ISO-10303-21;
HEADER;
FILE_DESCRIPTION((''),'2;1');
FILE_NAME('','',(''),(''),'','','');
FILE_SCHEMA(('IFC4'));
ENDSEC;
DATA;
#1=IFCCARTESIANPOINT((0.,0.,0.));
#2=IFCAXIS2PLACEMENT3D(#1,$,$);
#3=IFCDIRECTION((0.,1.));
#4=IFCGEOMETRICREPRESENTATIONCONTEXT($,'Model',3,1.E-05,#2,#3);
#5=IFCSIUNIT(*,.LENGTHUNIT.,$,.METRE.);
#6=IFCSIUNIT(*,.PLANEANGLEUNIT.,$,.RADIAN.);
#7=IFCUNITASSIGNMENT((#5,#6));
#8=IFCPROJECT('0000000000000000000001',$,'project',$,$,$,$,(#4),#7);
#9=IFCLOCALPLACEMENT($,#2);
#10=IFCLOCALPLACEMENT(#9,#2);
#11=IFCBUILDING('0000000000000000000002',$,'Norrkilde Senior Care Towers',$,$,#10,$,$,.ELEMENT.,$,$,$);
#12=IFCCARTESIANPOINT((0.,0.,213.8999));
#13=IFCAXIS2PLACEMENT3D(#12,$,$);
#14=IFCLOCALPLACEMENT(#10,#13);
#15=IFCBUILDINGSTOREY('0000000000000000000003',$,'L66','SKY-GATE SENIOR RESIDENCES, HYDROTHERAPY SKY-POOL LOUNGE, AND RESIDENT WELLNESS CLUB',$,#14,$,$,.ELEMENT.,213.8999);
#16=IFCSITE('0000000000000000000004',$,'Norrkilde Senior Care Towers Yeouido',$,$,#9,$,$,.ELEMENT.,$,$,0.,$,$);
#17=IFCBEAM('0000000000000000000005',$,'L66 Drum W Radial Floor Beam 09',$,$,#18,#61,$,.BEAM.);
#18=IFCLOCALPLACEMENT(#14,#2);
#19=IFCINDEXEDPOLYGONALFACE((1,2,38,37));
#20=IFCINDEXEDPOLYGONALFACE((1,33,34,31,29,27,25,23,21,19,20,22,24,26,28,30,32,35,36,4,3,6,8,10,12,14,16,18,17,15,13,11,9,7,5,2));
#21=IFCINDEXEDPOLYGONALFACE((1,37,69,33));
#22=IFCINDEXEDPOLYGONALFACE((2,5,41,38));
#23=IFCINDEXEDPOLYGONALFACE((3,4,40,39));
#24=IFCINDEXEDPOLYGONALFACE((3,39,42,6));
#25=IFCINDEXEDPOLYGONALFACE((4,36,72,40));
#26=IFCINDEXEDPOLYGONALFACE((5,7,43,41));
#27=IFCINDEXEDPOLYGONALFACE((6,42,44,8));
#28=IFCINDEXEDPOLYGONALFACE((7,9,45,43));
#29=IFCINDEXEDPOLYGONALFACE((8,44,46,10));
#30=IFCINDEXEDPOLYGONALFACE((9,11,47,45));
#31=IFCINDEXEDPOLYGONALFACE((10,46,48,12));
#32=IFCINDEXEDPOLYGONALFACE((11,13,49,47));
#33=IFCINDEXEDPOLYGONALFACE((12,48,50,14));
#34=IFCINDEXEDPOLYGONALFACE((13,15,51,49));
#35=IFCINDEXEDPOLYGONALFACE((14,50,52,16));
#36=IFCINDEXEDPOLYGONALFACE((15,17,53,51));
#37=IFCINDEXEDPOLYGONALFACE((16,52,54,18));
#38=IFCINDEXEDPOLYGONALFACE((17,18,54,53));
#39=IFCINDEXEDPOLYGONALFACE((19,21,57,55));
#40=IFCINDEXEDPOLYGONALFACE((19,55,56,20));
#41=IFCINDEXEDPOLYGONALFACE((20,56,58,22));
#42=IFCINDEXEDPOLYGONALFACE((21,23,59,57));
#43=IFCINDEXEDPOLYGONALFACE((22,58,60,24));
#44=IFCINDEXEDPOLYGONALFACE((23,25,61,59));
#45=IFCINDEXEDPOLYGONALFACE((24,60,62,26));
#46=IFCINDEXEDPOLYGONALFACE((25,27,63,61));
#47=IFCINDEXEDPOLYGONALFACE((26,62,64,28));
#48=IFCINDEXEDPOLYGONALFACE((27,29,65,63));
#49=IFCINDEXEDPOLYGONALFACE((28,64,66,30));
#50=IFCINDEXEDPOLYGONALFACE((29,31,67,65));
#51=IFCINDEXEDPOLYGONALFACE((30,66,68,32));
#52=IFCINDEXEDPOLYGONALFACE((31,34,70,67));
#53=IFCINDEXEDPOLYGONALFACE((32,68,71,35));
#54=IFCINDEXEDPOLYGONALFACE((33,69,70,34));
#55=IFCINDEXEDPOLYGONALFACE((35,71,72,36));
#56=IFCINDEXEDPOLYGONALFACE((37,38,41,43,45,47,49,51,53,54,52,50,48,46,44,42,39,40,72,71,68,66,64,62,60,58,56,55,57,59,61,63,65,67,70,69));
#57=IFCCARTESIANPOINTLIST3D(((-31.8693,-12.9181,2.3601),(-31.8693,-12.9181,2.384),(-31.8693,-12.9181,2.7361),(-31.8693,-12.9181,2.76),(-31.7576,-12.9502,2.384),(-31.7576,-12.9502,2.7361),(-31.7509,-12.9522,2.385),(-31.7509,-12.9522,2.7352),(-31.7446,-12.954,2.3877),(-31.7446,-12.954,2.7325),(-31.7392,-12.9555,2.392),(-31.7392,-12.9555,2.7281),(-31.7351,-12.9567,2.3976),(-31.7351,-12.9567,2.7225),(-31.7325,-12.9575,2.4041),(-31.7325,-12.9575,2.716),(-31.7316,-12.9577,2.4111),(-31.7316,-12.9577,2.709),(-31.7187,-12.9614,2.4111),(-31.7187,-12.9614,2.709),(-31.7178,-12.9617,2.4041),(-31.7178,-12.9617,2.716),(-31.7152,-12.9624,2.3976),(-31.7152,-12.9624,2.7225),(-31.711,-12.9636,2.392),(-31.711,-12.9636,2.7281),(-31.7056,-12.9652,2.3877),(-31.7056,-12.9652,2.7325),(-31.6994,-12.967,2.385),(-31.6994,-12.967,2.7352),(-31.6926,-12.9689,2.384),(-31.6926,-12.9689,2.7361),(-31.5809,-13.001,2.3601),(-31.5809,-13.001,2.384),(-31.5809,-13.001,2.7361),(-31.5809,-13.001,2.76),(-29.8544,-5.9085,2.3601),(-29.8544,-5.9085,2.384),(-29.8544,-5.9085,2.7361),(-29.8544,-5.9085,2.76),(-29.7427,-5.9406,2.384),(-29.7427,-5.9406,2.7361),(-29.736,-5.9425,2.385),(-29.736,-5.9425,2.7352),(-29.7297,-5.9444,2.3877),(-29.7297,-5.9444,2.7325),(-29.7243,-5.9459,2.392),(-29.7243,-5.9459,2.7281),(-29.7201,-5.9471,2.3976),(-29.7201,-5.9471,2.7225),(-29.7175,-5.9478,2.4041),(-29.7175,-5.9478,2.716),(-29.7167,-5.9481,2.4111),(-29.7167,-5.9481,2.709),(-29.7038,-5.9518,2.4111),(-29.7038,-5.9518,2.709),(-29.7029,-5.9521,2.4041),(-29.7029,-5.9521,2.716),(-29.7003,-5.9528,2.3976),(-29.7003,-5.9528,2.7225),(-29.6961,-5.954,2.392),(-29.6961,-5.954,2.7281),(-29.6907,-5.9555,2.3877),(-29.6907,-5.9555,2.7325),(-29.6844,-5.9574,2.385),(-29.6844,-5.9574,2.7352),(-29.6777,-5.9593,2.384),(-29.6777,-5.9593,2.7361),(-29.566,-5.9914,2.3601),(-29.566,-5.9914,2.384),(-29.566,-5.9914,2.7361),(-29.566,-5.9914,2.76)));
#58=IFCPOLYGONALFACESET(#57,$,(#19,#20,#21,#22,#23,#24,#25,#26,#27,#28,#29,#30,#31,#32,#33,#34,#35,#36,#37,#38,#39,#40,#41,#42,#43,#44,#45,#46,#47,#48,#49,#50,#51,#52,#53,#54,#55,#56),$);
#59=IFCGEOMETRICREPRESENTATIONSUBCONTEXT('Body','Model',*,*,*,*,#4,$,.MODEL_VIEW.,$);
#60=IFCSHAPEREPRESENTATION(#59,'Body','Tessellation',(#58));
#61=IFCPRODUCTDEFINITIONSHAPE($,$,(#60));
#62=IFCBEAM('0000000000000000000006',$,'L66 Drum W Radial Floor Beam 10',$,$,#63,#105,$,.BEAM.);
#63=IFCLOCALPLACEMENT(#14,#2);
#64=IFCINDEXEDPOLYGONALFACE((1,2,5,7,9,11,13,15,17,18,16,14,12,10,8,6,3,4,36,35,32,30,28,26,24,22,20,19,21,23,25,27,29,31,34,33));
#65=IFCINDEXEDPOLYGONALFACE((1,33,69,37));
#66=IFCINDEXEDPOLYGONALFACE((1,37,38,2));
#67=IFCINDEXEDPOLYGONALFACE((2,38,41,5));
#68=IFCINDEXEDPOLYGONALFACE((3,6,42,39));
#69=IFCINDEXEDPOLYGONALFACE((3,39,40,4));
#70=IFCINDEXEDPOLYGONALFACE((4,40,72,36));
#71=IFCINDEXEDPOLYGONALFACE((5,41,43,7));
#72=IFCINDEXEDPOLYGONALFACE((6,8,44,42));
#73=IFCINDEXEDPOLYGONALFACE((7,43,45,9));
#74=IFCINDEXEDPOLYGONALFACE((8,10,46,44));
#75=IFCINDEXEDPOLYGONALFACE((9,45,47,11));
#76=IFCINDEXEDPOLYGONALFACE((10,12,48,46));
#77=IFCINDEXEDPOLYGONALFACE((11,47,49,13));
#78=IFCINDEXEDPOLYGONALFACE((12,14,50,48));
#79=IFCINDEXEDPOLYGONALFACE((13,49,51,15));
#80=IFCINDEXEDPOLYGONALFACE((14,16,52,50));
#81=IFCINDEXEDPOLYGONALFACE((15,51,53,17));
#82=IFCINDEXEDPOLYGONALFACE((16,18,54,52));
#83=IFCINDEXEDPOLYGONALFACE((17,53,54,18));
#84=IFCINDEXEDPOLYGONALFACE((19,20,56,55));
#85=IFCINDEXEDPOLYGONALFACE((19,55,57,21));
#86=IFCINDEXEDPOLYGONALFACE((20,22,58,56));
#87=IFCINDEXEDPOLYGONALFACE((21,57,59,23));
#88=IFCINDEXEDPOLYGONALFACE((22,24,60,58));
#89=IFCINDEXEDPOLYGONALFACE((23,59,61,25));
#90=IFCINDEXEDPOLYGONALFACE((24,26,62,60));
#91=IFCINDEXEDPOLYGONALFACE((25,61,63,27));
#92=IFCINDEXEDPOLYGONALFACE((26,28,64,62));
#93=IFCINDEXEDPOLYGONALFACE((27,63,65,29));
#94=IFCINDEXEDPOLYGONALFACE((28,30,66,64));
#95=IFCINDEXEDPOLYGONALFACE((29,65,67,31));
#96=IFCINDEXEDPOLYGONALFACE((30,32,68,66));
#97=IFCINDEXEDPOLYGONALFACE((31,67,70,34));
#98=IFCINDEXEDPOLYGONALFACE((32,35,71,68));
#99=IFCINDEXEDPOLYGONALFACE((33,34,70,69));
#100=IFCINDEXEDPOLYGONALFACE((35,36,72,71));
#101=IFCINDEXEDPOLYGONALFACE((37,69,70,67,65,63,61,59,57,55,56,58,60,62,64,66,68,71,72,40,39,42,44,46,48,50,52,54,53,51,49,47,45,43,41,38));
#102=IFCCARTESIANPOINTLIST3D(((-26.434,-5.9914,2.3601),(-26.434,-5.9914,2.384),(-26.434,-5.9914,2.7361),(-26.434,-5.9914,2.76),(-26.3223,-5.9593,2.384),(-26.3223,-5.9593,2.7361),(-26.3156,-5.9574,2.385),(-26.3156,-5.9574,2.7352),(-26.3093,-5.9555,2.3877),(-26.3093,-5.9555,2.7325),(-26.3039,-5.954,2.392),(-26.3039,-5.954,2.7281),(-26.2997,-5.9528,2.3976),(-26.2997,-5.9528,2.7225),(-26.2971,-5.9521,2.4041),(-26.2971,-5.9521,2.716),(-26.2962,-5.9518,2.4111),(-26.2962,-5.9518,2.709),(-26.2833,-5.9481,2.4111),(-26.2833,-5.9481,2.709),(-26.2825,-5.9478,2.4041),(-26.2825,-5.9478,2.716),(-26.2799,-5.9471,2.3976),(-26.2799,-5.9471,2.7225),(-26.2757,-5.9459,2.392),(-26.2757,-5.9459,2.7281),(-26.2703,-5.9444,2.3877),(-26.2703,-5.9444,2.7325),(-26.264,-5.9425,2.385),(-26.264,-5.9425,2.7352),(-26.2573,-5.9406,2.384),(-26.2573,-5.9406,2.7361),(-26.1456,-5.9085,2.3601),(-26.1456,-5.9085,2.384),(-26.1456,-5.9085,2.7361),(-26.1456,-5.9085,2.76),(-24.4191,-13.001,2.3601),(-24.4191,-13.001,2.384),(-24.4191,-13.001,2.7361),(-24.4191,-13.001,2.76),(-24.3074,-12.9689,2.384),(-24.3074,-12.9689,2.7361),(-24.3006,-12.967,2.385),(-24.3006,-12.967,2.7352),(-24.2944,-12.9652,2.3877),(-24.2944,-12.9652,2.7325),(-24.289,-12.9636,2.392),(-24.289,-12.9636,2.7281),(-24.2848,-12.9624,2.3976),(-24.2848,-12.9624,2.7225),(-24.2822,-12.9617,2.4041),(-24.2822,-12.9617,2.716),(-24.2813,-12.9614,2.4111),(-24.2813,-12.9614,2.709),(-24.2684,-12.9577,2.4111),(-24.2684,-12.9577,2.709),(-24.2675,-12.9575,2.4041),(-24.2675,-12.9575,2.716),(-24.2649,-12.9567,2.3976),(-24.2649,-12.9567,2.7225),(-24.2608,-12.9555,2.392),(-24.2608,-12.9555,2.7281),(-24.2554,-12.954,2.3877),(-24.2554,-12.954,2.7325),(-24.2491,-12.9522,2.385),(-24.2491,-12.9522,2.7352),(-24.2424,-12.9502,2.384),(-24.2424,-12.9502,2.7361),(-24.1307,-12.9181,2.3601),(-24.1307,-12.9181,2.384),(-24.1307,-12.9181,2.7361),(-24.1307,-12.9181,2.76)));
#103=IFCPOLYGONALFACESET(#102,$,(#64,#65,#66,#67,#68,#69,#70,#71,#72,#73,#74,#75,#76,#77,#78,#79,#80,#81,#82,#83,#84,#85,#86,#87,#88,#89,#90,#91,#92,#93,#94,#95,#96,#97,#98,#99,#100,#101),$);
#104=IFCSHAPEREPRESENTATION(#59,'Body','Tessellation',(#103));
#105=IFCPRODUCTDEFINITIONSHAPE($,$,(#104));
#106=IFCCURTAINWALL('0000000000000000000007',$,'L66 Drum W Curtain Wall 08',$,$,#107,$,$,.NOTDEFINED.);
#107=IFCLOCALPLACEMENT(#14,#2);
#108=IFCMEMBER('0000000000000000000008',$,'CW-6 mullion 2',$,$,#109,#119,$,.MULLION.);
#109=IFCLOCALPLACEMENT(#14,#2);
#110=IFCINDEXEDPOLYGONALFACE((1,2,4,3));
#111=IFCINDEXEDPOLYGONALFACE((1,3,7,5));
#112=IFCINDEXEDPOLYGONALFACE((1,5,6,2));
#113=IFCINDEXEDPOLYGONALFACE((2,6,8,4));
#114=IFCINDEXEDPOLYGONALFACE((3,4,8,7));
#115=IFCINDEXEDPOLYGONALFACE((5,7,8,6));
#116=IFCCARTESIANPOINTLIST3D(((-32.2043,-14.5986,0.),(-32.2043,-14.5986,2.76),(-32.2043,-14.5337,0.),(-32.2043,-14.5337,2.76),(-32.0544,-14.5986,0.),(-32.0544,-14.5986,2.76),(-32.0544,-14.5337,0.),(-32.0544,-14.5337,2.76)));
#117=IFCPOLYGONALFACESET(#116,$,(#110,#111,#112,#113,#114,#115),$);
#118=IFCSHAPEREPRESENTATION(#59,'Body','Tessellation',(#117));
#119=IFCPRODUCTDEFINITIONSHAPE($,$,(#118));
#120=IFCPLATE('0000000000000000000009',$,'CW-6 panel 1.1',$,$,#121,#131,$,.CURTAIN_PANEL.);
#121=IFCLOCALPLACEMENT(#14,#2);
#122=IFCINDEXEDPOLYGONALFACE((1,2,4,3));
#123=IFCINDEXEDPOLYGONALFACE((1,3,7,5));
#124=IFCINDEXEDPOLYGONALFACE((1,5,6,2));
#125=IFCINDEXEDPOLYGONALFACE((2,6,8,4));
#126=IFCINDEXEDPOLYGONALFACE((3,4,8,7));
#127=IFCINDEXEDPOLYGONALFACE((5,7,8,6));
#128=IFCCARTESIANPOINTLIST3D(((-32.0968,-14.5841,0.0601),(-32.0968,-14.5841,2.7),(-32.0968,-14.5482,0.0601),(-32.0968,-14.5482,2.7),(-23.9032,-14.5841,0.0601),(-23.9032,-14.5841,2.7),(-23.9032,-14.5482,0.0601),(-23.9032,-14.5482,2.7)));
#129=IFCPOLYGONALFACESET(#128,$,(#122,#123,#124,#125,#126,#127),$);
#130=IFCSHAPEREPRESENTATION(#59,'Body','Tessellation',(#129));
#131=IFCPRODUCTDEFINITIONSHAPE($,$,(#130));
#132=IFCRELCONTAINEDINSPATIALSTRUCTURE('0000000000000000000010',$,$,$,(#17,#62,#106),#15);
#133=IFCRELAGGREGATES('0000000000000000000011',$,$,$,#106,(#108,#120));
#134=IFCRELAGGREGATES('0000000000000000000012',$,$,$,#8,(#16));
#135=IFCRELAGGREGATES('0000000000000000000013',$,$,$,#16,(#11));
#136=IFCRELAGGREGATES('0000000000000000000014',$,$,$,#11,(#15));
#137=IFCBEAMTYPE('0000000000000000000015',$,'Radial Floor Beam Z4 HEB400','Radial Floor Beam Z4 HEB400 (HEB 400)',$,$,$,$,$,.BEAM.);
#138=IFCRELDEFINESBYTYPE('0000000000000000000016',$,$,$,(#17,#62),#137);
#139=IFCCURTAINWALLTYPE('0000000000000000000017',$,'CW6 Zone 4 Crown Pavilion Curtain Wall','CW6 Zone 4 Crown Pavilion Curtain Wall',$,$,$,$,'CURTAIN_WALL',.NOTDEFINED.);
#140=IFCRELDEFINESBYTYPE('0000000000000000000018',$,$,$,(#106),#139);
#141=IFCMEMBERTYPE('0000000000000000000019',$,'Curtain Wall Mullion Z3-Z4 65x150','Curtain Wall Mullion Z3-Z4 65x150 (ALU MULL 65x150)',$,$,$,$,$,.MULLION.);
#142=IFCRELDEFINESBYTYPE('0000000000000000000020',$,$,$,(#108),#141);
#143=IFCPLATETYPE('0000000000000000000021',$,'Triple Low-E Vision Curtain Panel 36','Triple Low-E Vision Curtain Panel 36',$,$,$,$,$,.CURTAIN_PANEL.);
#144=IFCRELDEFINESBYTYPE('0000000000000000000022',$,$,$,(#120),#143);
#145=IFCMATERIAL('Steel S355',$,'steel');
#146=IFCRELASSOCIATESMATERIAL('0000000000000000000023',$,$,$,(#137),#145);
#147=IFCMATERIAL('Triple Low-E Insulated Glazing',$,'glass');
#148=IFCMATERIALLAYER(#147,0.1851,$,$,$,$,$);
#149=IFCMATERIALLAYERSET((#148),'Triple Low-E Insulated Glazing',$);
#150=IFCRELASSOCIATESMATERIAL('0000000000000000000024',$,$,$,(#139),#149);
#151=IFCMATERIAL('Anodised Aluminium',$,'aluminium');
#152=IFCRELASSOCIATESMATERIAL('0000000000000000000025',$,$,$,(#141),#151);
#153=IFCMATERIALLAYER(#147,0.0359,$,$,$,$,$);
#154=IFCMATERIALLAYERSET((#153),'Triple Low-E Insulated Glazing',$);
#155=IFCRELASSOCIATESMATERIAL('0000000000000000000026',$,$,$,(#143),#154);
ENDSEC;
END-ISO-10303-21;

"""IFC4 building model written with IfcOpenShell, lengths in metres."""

from ifc_helpers import new_model, si_unit, direction, frame, origin, origin_2d, place, context, subcontext, project, spatial, rectangle, i_section, extrude, source, transform, mapped, material, layer, layer_set, material_profile, profile_set, type_object, type_shapes, element, aggregate, save


model = new_model("IFC4")

# Units and contexts
model_context = context("Model", 3, precision=1e-05, world=origin(), true_north=direction((0.0, 1.0)))
body_context = subcontext(model_context, "Body", "Model", "MODEL_VIEW")
ifc_project = project(units=[si_unit("LENGTHUNIT", "METRE"), si_unit("PLANEANGLEUNIT", "RADIAN")], contexts=[model_context])

# Site, building, storey
site_placement = place(None, origin())
site = spatial("IfcSite", under=ifc_project, at=site_placement, Name="Norrkilde Senior Care Towers Yeouido", CompositionType="ELEMENT", RefElevation=0.0)
building_placement = place(site_placement, origin())
building = spatial("IfcBuilding", under=site, at=building_placement, Name="Norrkilde Senior Care Towers", CompositionType="ELEMENT")
storey_placement = place(building_placement, frame((0.0, 0.0, 213.8999)))
storey = spatial("IfcBuildingStorey", under=building, at=storey_placement, Name="L66", Description="SKY-GATE SENIOR RESIDENCES, HYDROTHERAPY SKY-POOL LOUNGE, AND RESIDENT WELLNESS CLUB", CompositionType="ELEMENT", Elevation=213.8999)

# Beams
ifc_material_1 = material(Name="Steel S355", Category="steel")
ifc_material_profile_1 = material_profile(ifc_material_1, i_section(OverallWidth=0.3, OverallDepth=0.3999, WebThickness=0.0134, FlangeThickness=0.0239, FilletRadius=0.0271, at=origin_2d()), Name="HEB 400")
ifc_profile_set_1 = profile_set([ifc_material_profile_1], Name="Steel S355")
beam_type_1 = type_object("IfcBeamType", Name="Radial Floor Beam Z4 HEB400", Description="Radial Floor Beam Z4 HEB400 (HEB 400)", PredefinedType="BEAM", material=ifc_profile_set_1)
shared_shape_1 = source(origin(), body_context, "Body", "SweptSolid", [
    extrude(i_section(OverallWidth=0.3, OverallDepth=0.3999, WebThickness=0.0134, FlangeThickness=0.0239, FilletRadius=0.0271, at=origin_2d()), origin(), (0.0, 0.0, 1.0), 7.2935),
])
for number, where, z_axis, x_axis, name in (
    (1, (-29.7102, -5.95, 2.5601), (-0.276264, -0.961082, 0.0), (0.961082, -0.276264, 0.0), "L66 Drum W Radial Floor Beam 09"),
    (2, (-26.2898, -5.95, 2.5601), (0.276264, -0.961082, 0.0), (0.961082, 0.276264, 0.0), "L66 Drum W Radial Floor Beam 10"),
):
    element("IfcBeam", number, at=place(storey_placement, frame(where, z_axis=z_axis, x_axis=x_axis)), inside=storey, type_object=beam_type_1, Name=name, PredefinedType="BEAM", context=body_context, shape_type="MappedRepresentation", body=[
        mapped(shared_shape_1, transform((0.0, 0.0, 0.0), x_axis=(1.0, 0.0, 0.0), y_axis=(0.0, 1.0, 0.0), z_axis=(0.0, 0.0, 1.0), scale=1.0)),
    ])

# Curtain wall, member, plate
ifc_material_2 = material(Name="Triple Low-E Insulated Glazing", Category="glass")
ifc_layer_1 = layer(ifc_material_2, 0.1851)
ifc_layer_set_1 = layer_set([ifc_layer_1], Name="Triple Low-E Insulated Glazing")
curtain_wall_type = type_object("IfcCurtainWallType", Name="CW6 Zone 4 Crown Pavilion Curtain Wall", Description="CW6 Zone 4 Crown Pavilion Curtain Wall", ElementType="CURTAIN_WALL", PredefinedType="NOTDEFINED", material=ifc_layer_set_1)
curtain_wall_placement = place(storey_placement, origin())
curtain_wall = element("IfcCurtainWall", 3, at=curtain_wall_placement, inside=storey, type_object=curtain_wall_type, Name="L66 Drum W Curtain Wall 08", PredefinedType="NOTDEFINED")
ifc_material_3 = material(Name="Anodised Aluminium", Category="aluminium")
ifc_material_profile_2 = material_profile(ifc_material_3, rectangle(XDim=0.0649, YDim=0.1499, at=origin_2d()), Name="ALU MULL 65x150")
ifc_profile_set_2 = profile_set([ifc_material_profile_2], Name="Anodised Aluminium")
member_type = type_object("IfcMemberType", Name="Curtain Wall Mullion Z3-Z4 65x150", Description="Curtain Wall Mullion Z3-Z4 65x150 (ALU MULL 65x150)", PredefinedType="MULLION", material=ifc_profile_set_2)
shared_shape_2 = source(origin(), body_context, "Body", "SweptSolid", [
    extrude(rectangle(XDim=0.0649, YDim=0.1499, at=origin_2d()), origin(), (0.0, 0.0, 1.0), 2.76),
])
type_shapes(member_type, [shared_shape_2])
member_placement = place(storey_placement, frame((-32.1294, -14.5662, 0.0), z_axis=(0.0, 0.0, 1.0), x_axis=(0.0, -1.0, 0.0)))
member = element("IfcMember", 4, at=member_placement, type_object=member_type, Name="CW-6 mullion 2", PredefinedType="MULLION", context=body_context, shape_type="MappedRepresentation", body=[
    mapped(shared_shape_2, transform((0.0, 0.0, 0.0), x_axis=(1.0, 0.0, 0.0), y_axis=(0.0, 1.0, 0.0), z_axis=(0.0, 0.0, 1.0), scale=1.0)),
])
ifc_layer_2 = layer(ifc_material_2, 0.0359)
ifc_layer_set_2 = layer_set([ifc_layer_2], Name="Triple Low-E Insulated Glazing")
plate_type = type_object("IfcPlateType", Name="Triple Low-E Vision Curtain Panel 36", Description="Triple Low-E Vision Curtain Panel 36", PredefinedType="CURTAIN_PANEL", material=ifc_layer_set_2)
shared_shape_3 = source(origin(), body_context, "Body", "SweptSolid", [
    extrude(rectangle(XDim=8.1936, YDim=0.0359, at=origin_2d()), origin(), (0.0, 0.0, 1.0), 2.6399),
])
type_shapes(plate_type, [shared_shape_3])
plate_placement = place(storey_placement, frame((-28.0, -14.5662, 0.0601), z_axis=(0.0, 0.0, 1.0), x_axis=(-1.0, 0.0, 0.0)))
plate = element("IfcPlate", 5, at=plate_placement, type_object=plate_type, Name="CW-6 panel 1.1", PredefinedType="CURTAIN_PANEL", context=body_context, shape_type="MappedRepresentation", body=[
    mapped(shared_shape_3, transform((0.0, 0.0, 0.0), x_axis=(1.0, 0.0, 0.0), y_axis=(0.0, 1.0, 0.0), z_axis=(0.0, 0.0, 1.0), scale=1.0)),
])
aggregate(curtain_wall, [member, plate])

save(model, "model.ifc")
